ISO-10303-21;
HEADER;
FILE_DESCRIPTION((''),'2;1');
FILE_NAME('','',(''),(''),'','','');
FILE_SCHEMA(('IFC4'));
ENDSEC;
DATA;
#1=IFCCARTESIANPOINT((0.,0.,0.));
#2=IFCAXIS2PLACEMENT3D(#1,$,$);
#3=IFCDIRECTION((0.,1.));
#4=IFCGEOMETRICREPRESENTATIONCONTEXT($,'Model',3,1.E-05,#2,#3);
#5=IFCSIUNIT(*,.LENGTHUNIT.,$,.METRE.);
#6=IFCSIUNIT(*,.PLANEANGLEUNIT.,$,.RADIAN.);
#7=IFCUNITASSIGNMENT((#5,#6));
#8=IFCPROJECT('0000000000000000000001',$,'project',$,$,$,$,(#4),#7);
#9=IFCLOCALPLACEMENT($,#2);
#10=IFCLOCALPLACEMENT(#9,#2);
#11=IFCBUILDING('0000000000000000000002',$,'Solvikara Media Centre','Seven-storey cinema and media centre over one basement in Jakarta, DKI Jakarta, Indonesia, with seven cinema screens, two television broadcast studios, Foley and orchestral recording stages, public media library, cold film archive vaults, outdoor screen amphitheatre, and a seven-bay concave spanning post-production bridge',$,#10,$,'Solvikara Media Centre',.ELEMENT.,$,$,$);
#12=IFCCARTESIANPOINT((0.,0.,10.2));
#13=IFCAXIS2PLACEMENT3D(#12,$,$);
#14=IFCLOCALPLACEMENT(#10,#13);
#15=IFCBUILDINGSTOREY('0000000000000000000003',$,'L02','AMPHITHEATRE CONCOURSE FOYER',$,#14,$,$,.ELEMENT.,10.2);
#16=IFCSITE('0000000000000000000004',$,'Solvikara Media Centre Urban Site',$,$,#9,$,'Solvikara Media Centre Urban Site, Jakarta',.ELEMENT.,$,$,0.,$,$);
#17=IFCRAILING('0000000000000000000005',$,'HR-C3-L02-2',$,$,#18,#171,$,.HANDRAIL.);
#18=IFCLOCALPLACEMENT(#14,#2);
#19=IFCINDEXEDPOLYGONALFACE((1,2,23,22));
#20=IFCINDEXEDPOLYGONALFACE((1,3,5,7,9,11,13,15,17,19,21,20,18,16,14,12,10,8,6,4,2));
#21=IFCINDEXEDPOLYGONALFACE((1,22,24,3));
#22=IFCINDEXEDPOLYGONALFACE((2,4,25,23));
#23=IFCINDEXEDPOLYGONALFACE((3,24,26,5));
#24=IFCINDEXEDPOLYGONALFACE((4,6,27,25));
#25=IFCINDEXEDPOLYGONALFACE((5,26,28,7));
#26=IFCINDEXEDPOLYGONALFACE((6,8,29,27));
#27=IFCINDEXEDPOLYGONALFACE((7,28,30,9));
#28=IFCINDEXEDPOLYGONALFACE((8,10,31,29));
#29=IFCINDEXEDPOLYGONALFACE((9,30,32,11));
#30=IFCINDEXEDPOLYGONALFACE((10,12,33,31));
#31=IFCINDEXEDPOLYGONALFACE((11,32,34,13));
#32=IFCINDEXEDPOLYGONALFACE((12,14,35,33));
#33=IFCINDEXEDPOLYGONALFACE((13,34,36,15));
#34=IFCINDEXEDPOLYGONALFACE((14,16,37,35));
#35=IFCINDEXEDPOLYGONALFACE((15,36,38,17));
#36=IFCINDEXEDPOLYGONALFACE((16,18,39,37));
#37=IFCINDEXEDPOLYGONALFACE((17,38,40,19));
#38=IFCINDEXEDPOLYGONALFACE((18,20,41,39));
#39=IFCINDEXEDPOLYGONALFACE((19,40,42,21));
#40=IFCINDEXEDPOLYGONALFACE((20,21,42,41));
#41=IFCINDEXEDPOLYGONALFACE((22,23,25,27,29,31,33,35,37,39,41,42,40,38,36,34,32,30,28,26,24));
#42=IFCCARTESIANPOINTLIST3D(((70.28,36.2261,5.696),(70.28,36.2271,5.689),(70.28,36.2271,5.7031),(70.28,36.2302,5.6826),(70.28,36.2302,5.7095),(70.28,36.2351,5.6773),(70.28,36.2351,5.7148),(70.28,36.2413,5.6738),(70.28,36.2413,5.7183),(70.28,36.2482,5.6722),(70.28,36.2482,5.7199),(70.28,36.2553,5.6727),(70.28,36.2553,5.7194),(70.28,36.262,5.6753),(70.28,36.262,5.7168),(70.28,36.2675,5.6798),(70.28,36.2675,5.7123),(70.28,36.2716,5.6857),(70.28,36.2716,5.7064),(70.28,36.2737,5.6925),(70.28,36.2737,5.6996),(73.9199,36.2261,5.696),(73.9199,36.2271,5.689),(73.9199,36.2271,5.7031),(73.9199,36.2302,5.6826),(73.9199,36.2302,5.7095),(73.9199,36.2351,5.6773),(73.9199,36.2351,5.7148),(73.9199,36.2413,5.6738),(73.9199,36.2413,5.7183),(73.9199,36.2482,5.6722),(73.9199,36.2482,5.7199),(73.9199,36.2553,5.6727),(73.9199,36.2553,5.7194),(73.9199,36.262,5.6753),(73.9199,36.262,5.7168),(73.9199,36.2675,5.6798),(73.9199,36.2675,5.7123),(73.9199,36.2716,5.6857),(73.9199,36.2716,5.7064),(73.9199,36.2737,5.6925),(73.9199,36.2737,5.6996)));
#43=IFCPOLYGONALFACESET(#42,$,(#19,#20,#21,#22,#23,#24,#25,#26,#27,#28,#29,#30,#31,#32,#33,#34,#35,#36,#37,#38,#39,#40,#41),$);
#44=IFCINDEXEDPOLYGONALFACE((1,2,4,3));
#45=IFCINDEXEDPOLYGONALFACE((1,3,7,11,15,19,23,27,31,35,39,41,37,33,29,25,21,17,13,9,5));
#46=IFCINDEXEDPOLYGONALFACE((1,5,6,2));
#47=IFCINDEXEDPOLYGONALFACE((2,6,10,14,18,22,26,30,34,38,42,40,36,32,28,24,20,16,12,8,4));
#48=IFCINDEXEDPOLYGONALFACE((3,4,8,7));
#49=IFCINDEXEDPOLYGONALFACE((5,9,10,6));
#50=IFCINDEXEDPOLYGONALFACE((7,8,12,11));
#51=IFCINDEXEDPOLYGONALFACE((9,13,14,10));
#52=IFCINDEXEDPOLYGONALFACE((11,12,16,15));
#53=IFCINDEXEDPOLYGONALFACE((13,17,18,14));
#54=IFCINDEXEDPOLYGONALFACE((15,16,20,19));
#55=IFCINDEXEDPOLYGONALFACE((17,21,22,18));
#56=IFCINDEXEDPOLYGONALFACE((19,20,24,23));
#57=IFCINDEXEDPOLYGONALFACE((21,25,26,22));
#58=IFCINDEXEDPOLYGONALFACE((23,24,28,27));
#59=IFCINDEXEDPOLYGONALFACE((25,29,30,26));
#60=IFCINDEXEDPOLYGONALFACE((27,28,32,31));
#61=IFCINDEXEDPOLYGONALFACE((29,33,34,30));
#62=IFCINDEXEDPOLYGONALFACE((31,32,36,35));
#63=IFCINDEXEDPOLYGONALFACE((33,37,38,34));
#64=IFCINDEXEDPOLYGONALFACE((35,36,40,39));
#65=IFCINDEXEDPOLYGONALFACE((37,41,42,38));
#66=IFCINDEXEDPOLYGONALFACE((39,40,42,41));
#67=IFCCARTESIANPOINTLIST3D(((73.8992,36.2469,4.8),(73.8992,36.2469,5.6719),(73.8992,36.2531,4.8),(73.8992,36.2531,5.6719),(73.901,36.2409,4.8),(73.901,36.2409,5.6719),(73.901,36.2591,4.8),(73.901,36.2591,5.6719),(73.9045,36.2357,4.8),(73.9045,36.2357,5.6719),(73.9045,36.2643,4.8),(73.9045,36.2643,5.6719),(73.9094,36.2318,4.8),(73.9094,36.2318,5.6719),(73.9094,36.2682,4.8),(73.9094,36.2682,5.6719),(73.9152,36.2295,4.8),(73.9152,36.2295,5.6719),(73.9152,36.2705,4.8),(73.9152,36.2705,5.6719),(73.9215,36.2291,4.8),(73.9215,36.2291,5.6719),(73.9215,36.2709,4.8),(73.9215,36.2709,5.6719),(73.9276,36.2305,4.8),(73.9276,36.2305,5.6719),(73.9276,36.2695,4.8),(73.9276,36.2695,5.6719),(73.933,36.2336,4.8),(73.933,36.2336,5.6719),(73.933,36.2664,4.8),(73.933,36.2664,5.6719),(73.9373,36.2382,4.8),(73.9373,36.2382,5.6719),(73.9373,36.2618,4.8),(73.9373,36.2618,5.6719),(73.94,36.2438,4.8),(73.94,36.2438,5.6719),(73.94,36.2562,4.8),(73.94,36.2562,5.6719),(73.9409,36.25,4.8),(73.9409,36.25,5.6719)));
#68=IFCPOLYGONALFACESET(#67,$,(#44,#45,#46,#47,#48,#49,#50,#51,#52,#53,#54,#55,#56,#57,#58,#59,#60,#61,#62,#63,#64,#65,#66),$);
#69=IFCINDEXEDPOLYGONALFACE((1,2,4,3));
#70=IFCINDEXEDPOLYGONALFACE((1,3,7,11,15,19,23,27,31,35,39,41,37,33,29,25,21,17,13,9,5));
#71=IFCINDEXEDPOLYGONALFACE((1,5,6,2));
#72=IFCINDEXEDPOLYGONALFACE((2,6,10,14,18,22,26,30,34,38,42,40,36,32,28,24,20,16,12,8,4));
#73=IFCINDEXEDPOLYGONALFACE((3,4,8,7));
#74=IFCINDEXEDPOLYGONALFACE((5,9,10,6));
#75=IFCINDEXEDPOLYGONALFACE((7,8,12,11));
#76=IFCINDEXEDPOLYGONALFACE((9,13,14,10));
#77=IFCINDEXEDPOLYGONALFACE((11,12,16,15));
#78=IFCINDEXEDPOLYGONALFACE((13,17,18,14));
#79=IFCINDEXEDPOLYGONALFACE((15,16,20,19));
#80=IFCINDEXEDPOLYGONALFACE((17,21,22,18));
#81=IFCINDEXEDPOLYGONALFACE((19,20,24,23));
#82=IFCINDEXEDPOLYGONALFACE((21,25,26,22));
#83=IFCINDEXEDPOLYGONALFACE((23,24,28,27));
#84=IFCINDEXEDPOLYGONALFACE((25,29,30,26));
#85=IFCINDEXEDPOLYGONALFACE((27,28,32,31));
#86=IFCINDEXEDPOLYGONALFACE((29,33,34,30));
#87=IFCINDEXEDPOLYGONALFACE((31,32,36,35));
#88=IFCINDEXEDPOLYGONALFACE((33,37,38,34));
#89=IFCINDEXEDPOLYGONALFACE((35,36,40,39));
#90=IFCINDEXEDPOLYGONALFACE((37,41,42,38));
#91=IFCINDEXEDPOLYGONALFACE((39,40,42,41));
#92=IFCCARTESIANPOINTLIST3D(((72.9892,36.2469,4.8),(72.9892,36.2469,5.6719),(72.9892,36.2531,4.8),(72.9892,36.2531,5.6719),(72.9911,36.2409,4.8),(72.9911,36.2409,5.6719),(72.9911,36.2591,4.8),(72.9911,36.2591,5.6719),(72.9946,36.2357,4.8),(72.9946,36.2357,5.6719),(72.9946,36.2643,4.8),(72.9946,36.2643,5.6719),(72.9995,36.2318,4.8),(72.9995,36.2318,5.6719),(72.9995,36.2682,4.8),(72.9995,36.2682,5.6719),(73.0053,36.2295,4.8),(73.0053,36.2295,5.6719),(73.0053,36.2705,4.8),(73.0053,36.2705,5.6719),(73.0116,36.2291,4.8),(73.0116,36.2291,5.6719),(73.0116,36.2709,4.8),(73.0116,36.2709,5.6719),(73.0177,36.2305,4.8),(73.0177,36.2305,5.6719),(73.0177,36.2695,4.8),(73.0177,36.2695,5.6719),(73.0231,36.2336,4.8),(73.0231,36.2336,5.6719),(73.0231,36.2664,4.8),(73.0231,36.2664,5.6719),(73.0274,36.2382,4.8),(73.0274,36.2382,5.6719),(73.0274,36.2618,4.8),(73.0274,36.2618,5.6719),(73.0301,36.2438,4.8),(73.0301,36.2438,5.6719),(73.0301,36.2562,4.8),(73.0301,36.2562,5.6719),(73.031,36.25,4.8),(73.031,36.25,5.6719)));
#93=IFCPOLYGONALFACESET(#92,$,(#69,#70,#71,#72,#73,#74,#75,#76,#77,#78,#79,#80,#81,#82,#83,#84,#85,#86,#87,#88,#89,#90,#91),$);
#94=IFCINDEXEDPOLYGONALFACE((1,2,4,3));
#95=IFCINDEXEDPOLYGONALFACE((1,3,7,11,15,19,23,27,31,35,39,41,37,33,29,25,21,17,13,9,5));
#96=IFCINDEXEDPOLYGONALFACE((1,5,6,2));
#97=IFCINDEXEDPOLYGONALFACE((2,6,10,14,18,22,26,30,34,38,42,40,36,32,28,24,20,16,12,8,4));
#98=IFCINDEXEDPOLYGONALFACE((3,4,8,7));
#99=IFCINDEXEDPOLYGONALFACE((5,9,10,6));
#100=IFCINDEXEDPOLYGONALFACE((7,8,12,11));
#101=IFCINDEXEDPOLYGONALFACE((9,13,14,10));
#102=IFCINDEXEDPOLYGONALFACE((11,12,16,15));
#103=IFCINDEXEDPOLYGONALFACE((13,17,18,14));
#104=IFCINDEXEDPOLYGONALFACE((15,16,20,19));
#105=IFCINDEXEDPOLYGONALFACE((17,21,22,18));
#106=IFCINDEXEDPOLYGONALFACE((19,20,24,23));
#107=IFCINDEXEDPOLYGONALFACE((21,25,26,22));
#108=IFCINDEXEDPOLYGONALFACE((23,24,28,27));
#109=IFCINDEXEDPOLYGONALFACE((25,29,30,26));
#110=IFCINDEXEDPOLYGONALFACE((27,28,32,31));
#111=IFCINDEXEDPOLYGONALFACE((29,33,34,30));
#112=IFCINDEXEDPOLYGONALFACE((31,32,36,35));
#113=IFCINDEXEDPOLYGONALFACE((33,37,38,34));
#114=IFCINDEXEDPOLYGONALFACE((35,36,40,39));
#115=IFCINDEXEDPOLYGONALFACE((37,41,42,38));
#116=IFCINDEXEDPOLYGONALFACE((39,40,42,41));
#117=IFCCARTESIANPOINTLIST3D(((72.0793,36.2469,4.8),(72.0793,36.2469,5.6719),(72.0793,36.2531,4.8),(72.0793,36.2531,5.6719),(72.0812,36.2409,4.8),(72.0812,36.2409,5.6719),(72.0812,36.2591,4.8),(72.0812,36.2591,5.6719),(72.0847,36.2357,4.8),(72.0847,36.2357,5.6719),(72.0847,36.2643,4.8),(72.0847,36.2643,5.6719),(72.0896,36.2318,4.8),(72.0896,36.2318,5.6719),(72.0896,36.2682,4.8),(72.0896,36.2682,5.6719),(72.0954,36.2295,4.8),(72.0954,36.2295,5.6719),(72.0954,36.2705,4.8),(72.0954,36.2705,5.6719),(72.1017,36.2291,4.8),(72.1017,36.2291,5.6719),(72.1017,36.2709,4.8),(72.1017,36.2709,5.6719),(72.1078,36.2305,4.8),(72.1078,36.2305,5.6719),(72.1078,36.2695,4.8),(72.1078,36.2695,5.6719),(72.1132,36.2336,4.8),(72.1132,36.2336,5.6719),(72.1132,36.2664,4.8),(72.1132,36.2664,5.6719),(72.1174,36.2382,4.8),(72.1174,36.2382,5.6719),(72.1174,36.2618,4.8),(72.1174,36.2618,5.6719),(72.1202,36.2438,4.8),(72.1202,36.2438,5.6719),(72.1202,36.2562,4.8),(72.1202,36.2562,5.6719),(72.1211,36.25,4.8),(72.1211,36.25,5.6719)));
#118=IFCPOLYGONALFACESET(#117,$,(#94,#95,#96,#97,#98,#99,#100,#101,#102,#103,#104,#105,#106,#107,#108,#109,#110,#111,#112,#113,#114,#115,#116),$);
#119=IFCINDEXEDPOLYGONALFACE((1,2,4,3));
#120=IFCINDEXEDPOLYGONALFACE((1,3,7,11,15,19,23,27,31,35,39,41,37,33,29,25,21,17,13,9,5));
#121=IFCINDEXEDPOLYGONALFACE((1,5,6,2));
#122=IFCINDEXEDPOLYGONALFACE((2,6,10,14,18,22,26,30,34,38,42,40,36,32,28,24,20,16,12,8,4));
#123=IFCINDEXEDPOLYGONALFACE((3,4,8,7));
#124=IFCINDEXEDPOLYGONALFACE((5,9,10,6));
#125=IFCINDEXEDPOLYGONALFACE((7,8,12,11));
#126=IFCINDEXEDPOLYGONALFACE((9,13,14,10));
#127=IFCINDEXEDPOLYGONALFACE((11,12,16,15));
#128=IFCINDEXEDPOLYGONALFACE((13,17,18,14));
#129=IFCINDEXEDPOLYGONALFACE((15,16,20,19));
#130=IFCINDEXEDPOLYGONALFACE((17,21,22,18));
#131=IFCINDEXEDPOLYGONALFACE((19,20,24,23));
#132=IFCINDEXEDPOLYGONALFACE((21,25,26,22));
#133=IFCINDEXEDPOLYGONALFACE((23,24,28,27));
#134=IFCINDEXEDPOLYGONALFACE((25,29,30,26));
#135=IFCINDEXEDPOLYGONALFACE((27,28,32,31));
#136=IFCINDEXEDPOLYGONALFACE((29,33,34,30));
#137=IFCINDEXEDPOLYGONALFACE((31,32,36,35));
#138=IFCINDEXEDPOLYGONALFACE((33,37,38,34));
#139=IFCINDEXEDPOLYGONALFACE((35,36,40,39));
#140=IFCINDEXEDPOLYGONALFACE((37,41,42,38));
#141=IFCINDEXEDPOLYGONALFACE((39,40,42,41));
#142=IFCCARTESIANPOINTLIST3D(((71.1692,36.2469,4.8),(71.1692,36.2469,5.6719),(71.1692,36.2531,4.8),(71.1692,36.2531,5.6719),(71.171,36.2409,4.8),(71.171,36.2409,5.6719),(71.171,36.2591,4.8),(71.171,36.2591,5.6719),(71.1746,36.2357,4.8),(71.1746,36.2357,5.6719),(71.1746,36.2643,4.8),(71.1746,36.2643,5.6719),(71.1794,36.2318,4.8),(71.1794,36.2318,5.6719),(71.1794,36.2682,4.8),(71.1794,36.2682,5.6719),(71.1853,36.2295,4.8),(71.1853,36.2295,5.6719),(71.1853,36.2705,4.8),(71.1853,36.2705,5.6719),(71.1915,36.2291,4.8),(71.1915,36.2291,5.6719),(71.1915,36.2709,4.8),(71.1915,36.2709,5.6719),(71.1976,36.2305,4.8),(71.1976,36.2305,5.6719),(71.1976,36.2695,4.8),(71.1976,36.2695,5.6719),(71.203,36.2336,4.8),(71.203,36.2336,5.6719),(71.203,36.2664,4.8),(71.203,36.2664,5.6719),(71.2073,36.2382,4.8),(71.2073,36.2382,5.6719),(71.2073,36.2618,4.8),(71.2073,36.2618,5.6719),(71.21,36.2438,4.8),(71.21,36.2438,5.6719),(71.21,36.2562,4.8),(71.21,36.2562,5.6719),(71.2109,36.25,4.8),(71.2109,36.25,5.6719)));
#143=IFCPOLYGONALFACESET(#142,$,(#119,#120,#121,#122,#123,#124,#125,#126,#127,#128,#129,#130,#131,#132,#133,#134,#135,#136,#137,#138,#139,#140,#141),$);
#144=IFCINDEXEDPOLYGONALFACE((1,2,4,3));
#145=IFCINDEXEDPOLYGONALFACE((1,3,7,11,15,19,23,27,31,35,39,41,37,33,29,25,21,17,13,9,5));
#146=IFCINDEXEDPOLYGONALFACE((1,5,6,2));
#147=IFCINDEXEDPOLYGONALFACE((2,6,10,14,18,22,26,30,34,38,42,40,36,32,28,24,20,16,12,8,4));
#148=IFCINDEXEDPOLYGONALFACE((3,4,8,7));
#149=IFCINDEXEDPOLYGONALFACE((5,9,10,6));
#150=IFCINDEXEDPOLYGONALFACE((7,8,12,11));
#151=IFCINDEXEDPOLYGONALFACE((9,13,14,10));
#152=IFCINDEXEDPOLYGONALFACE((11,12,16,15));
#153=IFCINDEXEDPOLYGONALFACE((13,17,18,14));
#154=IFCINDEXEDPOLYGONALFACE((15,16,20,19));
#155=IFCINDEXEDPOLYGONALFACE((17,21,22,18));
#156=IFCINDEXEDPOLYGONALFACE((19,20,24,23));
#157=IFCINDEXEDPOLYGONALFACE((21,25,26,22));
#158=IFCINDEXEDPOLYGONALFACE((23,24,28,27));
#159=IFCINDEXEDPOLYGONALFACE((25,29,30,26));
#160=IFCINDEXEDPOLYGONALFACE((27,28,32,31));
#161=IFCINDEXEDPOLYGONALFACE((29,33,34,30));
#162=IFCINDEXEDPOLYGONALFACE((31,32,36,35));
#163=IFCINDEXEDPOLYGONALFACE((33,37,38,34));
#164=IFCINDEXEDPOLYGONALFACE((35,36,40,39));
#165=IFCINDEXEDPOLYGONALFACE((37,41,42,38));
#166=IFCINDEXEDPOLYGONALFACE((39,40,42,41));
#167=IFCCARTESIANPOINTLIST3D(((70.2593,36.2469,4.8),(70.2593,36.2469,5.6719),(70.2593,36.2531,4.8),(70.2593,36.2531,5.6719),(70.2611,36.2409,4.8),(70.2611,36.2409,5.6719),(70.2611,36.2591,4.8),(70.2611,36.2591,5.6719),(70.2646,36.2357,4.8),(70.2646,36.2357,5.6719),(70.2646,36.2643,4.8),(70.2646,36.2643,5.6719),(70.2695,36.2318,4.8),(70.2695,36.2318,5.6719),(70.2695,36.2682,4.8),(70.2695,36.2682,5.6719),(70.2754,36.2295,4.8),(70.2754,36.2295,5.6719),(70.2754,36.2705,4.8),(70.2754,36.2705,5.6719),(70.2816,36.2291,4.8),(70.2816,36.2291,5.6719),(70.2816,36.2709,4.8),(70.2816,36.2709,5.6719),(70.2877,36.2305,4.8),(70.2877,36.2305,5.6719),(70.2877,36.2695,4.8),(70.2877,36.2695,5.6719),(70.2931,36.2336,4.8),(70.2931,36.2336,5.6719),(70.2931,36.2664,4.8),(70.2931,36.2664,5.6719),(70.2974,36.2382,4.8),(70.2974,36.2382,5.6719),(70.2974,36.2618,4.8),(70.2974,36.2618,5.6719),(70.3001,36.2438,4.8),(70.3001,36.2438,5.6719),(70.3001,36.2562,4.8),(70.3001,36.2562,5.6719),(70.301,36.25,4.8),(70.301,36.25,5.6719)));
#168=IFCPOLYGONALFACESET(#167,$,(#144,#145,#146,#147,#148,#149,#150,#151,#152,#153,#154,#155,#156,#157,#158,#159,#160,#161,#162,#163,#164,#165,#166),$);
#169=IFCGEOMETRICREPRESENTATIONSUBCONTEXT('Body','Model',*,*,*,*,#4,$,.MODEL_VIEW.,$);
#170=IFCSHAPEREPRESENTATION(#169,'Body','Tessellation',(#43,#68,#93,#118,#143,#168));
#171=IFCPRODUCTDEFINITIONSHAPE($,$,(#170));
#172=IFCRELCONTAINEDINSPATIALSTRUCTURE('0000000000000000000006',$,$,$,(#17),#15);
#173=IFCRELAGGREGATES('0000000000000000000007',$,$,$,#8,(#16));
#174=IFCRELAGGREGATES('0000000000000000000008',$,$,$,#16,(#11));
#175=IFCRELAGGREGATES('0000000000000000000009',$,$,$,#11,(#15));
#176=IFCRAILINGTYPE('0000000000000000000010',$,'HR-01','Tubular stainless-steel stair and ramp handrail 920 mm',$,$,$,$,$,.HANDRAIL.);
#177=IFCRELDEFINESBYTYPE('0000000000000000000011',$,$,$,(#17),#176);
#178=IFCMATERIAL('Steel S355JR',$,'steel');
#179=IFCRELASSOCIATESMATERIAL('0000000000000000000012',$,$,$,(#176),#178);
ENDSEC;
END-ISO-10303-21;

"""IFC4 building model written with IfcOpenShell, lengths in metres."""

from ifc_helpers import new_model, si_unit, direction, frame, origin, origin_2d, place, context, subcontext, project, spatial, circle, extrude, material, type_object, element, save


model = new_model("IFC4")

# Units and contexts
model_context = context("Model", 3, precision=1e-05, world=origin(), true_north=direction((0.0, 1.0)))
body_context = subcontext(model_context, "Body", "Model", "MODEL_VIEW")
ifc_project = project(units=[si_unit("LENGTHUNIT", "METRE"), si_unit("PLANEANGLEUNIT", "RADIAN")], contexts=[model_context])

# Site, building, storey
site_placement = place(None, origin())
site = spatial("IfcSite", under=ifc_project, at=site_placement, Name="Solvikara Media Centre Urban Site", LongName="Solvikara Media Centre Urban Site, Jakarta", CompositionType="ELEMENT", RefElevation=0.0)
building_placement = place(site_placement, origin())
building = spatial("IfcBuilding", under=site, at=building_placement, Name="Solvikara Media Centre", Description="Seven-storey cinema and media centre over one basement in Jakarta, DKI Jakarta, Indonesia, with seven cinema screens, two television broadcast studios, Foley and orchestral recording stages, public media library, cold film archive vaults, outdoor screen amphitheatre, and a seven-bay concave spanning post-production bridge", LongName="Solvikara Media Centre", CompositionType="ELEMENT")
storey_placement = place(building_placement, frame((0.0, 0.0, 10.2)))
storey = spatial("IfcBuildingStorey", under=building, at=storey_placement, Name="L02", Description="AMPHITHEATRE CONCOURSE FOYER", CompositionType="ELEMENT", Elevation=10.2)

# Shared definitions
ifc_material_1 = material(Name="Steel S355JR", Category="steel")

# Railing
railing_type_1 = type_object("IfcRailingType", Name="HR-01", Description="Tubular stainless-steel stair and ramp handrail 920 mm", PredefinedType="HANDRAIL", material=ifc_material_1)
railing_1_placement = place(storey_placement, frame((73.9199, 36.25, 4.8)))
element("IfcRailing", 1, at=railing_1_placement, inside=storey, type_object=railing_type_1, Name="HR-C3-L02-2", PredefinedType="HANDRAIL", context=body_context, shape_type="SweptSolid", body=[
    extrude(circle(Radius=0.0239, at=origin_2d()), frame((0.0, 0.0, 0.896), z_axis=(-1.0, 0.0, 0.0), x_axis=(0.0, -1.0, 0.0)), (0.0, 0.0, 1.0), 3.6399),
    extrude(circle(Radius=0.021, at=origin_2d()), origin(), (0.0, 0.0, 1.0), 0.8718),
    extrude(circle(Radius=0.021, at=origin_2d()), frame((-0.9099, 0.0, 0.0)), (0.0, 0.0, 1.0), 0.8718),
    extrude(circle(Radius=0.021, at=origin_2d()), frame((-1.8198, 0.0, 0.0)), (0.0, 0.0, 1.0), 0.8718),
    extrude(circle(Radius=0.021, at=origin_2d()), frame((-2.73, 0.0, 0.0)), (0.0, 0.0, 1.0), 0.8718),
    extrude(circle(Radius=0.021, at=origin_2d()), frame((-3.6399, 0.0, 0.0)), (0.0, 0.0, 1.0), 0.8718),
])

save(model, "model.ifc")
